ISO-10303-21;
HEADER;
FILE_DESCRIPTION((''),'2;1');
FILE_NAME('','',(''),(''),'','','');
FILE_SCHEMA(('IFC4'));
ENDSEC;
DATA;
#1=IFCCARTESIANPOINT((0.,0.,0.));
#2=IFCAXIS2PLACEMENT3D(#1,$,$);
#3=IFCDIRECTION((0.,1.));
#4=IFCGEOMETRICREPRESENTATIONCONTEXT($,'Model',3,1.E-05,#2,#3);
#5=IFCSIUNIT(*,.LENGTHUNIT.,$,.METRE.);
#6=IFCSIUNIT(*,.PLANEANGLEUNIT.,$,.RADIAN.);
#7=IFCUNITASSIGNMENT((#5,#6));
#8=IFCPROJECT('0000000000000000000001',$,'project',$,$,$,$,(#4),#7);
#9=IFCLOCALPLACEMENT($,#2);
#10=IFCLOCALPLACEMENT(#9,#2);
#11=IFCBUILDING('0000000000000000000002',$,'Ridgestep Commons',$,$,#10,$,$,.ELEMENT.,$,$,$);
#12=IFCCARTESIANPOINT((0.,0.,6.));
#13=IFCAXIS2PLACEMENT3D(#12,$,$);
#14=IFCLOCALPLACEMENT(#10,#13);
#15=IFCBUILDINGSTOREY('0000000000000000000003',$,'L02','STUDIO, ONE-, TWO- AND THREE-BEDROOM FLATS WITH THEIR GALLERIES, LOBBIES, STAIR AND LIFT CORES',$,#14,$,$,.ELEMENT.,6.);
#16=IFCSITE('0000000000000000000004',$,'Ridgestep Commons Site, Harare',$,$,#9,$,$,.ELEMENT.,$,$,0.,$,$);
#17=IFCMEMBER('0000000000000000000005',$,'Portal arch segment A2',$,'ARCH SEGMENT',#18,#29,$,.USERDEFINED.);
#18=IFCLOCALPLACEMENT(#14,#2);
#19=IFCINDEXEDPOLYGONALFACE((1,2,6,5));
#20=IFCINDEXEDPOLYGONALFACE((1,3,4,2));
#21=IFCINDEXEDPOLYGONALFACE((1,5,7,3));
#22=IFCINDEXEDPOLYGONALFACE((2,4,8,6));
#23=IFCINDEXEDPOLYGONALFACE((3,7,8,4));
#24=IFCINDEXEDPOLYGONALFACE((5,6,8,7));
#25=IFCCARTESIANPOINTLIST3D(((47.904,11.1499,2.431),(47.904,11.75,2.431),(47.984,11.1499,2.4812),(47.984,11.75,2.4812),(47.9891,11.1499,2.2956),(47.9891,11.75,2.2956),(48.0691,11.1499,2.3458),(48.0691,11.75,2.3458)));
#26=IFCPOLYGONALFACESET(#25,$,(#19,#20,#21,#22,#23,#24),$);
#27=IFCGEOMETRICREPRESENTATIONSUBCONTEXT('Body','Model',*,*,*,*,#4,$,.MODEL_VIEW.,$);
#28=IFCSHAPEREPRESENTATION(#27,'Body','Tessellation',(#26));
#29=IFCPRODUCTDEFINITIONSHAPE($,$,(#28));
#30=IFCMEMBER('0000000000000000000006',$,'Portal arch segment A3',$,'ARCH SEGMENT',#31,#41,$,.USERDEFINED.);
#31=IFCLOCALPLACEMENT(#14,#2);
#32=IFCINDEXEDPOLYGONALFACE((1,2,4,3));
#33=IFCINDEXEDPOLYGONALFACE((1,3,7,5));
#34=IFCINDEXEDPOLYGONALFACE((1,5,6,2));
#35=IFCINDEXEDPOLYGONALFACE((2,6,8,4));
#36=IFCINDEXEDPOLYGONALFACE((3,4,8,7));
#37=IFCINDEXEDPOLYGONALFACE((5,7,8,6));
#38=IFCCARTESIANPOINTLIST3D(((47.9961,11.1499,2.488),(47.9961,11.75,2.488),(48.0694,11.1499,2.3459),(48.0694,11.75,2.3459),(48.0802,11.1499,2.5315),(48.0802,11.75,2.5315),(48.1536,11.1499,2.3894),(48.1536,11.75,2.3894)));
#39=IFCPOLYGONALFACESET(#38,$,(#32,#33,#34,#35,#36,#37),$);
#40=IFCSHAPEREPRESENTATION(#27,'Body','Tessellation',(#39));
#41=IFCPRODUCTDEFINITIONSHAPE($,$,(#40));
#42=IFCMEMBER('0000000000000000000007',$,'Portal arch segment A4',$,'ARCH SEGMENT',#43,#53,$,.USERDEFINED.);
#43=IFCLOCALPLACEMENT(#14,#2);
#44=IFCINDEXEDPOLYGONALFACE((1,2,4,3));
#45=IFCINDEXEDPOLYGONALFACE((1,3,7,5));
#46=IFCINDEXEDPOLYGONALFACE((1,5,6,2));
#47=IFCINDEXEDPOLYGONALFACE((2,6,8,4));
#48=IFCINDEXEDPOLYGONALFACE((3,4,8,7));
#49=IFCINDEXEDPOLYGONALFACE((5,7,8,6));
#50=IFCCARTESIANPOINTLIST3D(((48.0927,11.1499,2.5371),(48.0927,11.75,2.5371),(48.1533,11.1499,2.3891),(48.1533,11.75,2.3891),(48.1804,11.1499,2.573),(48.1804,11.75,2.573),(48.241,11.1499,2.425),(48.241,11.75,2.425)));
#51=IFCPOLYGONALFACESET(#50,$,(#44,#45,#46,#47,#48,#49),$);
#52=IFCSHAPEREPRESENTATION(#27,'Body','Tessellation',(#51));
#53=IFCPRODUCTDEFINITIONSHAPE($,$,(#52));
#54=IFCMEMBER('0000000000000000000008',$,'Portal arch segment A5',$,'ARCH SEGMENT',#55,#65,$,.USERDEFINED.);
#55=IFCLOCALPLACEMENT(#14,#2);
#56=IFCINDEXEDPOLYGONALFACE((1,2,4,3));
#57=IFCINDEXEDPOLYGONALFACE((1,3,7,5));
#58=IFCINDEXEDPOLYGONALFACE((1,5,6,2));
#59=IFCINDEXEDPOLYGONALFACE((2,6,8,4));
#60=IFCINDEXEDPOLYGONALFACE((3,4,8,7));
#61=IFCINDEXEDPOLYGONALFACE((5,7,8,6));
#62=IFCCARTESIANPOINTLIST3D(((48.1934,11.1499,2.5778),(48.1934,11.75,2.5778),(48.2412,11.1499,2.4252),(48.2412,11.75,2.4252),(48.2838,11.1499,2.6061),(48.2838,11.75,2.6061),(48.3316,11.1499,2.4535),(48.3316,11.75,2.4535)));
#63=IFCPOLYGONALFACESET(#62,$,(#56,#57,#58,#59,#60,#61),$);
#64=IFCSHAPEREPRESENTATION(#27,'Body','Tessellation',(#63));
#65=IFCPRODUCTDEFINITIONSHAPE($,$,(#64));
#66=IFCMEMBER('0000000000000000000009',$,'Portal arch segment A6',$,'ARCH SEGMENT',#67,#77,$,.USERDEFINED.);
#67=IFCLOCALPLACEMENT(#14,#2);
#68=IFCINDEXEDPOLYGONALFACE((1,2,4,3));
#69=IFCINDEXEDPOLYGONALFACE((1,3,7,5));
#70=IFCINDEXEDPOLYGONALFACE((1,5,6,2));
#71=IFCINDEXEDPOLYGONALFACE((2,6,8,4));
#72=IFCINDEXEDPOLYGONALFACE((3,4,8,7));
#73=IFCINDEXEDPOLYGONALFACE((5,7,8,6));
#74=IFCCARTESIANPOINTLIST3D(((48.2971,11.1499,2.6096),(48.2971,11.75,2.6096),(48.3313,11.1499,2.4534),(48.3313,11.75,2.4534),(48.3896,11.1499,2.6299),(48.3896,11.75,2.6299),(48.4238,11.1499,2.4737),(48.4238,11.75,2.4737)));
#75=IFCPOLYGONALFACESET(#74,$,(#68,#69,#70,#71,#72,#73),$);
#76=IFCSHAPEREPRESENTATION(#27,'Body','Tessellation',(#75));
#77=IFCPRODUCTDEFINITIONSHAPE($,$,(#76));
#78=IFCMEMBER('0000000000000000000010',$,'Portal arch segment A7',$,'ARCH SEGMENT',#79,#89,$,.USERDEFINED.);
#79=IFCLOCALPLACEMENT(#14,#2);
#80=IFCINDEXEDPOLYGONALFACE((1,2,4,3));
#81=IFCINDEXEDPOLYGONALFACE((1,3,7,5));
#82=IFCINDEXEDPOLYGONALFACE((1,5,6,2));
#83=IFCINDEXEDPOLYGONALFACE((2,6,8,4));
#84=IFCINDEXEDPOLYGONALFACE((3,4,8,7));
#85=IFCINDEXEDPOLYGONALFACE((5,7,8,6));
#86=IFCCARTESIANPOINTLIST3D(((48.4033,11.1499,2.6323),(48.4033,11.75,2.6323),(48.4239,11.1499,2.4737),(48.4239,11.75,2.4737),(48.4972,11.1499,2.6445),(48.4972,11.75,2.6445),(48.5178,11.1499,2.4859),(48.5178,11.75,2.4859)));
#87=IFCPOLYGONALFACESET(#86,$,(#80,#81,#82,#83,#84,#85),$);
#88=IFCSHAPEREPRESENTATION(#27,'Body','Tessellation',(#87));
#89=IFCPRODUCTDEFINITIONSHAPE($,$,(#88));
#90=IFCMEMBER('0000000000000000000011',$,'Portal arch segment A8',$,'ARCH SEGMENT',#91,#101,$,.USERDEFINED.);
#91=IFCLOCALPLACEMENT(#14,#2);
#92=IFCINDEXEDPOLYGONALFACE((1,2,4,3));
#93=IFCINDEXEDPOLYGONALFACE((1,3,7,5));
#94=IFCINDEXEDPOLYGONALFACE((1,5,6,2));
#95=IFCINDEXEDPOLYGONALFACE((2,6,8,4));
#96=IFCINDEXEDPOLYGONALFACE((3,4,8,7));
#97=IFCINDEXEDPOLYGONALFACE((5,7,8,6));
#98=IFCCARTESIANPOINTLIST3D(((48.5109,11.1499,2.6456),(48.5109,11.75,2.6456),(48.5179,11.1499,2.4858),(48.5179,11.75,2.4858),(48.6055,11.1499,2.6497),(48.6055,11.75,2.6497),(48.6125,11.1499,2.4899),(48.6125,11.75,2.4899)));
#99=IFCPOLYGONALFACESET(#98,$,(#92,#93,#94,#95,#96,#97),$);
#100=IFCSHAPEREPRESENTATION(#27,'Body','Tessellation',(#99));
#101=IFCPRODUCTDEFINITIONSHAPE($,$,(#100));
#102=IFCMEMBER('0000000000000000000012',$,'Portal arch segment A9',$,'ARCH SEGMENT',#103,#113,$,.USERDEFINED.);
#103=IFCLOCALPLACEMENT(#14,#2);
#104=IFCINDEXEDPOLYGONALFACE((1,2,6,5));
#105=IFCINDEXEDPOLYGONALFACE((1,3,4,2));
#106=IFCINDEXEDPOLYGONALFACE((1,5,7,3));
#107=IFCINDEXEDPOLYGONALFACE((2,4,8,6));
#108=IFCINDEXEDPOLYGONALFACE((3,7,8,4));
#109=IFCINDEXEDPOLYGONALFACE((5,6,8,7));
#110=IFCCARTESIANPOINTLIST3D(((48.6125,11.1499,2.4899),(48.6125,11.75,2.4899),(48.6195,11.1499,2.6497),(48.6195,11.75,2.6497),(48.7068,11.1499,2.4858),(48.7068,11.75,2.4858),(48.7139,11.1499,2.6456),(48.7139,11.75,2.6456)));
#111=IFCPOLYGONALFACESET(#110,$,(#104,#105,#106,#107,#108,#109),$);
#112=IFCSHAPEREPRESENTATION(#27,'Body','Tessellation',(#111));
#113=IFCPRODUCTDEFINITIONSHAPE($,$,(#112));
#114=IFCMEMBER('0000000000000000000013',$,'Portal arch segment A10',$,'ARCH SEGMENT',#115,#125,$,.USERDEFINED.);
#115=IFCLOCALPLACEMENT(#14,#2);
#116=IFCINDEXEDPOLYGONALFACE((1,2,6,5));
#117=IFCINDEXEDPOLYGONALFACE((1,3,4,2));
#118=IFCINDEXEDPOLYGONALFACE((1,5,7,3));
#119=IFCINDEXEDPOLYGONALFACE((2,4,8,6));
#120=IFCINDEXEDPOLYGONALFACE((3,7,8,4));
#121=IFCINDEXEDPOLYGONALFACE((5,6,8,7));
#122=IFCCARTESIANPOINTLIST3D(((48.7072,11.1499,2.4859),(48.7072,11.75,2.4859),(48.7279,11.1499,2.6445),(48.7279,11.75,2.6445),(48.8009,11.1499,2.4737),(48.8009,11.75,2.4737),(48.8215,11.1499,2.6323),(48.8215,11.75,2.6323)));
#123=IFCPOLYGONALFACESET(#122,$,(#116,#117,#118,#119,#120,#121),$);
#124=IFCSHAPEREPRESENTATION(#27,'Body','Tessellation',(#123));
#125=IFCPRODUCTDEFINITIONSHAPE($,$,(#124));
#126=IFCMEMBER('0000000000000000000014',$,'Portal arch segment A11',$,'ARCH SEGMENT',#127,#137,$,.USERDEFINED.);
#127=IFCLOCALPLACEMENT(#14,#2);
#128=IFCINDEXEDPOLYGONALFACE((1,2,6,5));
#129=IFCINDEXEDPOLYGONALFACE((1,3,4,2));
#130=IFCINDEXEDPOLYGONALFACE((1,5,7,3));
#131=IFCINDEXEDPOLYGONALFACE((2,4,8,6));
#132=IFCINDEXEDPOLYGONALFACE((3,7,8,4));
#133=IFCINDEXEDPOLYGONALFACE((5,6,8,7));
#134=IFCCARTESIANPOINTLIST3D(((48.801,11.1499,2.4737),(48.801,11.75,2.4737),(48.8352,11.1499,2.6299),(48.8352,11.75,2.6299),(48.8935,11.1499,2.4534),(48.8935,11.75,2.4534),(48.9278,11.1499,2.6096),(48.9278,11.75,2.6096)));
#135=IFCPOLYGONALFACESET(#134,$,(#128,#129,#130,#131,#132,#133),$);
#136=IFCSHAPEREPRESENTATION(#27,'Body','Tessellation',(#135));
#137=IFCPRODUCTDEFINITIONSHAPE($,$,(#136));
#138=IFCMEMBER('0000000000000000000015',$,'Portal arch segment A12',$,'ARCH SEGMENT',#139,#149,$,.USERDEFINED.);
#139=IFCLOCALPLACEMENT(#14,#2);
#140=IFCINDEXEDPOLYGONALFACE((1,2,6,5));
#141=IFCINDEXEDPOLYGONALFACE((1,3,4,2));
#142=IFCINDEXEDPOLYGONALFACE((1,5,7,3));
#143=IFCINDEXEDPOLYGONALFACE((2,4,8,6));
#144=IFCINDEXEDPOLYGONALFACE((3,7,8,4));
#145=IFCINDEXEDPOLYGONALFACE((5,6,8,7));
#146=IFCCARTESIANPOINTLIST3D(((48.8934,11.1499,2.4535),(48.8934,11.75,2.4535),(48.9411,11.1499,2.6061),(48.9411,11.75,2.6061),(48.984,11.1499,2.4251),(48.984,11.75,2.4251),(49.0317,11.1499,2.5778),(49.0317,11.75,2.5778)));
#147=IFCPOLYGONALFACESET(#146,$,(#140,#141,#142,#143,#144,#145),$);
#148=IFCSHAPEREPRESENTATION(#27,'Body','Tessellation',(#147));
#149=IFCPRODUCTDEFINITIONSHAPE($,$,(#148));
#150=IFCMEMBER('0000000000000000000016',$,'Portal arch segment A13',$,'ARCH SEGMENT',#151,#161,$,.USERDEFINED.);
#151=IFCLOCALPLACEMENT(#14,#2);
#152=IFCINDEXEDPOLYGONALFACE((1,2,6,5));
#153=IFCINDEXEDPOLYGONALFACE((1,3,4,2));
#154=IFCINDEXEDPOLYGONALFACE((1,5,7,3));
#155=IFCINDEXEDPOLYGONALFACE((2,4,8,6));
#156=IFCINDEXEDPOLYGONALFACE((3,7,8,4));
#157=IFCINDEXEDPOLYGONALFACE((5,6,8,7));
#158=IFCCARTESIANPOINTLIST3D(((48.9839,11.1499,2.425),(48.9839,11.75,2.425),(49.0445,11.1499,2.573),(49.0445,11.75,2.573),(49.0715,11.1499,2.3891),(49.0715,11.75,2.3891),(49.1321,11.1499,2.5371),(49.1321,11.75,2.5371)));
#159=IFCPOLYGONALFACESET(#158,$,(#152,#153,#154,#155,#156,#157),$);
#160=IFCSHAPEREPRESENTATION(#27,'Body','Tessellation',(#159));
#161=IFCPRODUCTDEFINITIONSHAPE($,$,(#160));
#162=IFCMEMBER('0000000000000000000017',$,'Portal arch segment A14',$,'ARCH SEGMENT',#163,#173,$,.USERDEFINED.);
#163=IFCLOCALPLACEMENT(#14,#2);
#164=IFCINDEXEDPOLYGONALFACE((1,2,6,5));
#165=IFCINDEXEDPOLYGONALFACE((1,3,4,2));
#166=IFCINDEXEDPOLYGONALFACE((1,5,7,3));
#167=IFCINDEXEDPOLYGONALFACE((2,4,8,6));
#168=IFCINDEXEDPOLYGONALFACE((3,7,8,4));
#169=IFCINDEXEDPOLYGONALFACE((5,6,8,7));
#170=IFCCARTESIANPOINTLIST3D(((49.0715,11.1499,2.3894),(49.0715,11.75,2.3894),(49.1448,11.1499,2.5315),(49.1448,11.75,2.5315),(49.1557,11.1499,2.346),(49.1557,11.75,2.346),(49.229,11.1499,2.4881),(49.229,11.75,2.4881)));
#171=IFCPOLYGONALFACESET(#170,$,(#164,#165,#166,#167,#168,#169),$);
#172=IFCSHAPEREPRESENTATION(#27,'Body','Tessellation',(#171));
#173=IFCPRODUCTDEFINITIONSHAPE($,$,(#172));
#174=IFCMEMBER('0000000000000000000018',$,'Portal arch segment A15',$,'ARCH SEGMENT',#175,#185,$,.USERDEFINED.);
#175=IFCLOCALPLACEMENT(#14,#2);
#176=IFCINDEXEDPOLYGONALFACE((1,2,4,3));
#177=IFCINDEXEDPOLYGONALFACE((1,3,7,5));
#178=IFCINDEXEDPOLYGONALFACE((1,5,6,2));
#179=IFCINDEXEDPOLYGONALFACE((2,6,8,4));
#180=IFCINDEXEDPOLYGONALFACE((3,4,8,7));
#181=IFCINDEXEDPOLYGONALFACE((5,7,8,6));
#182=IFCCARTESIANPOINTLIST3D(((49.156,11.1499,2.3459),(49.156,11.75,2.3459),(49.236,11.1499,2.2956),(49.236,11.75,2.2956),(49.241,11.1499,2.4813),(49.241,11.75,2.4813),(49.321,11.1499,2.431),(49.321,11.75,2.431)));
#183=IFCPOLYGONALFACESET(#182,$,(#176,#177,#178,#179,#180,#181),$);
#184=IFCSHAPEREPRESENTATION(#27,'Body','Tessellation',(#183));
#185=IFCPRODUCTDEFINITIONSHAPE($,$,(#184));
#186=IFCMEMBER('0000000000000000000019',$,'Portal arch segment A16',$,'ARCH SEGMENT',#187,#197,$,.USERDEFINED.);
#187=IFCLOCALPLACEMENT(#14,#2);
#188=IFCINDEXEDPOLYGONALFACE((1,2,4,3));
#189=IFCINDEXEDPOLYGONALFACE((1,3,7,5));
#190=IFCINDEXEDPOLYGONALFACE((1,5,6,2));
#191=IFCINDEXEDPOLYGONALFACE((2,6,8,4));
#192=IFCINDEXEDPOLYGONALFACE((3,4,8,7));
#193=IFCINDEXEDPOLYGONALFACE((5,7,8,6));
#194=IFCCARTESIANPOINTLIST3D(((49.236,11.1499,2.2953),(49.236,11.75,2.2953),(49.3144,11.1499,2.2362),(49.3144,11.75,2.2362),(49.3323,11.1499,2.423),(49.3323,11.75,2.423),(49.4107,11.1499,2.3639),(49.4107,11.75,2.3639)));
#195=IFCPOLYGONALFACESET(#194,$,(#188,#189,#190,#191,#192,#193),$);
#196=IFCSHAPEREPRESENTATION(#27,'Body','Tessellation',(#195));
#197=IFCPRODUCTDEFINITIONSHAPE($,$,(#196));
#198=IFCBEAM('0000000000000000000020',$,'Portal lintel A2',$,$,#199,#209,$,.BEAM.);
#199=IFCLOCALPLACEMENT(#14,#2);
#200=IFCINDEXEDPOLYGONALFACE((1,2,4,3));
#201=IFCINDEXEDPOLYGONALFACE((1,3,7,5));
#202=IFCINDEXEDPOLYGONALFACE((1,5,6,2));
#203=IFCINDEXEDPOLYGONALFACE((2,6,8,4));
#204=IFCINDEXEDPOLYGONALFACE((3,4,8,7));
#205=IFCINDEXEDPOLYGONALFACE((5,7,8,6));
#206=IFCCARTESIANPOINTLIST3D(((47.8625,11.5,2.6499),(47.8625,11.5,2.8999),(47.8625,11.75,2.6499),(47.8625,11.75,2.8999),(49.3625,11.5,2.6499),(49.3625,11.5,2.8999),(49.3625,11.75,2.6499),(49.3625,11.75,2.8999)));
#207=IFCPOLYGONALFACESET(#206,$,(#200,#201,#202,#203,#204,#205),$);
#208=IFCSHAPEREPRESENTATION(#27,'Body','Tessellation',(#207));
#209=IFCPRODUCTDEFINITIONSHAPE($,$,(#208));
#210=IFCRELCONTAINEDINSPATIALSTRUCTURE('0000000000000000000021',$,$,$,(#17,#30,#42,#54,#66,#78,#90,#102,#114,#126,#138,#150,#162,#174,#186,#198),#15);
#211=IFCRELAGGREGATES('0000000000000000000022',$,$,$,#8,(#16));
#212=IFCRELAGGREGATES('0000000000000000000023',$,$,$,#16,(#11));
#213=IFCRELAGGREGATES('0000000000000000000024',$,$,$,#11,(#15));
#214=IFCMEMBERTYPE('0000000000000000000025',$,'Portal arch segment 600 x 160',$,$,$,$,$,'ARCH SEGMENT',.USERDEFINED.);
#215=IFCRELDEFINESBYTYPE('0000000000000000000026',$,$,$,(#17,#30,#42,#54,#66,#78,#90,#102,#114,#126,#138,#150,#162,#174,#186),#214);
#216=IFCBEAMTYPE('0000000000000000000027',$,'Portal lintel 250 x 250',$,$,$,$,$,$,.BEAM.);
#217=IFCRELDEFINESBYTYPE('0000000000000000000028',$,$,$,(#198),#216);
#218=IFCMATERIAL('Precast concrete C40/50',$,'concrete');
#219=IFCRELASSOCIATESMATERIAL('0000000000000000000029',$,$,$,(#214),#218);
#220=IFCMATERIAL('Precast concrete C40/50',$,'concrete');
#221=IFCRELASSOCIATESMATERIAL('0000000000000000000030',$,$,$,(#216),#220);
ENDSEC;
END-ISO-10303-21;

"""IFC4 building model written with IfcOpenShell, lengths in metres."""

from ifc_helpers import new_model, si_unit, direction, frame, origin, origin_2d, place, context, subcontext, project, spatial, rectangle, extrude, material, material_profile, profile_set, type_object, element, save


model = new_model("IFC4")

# Units and contexts
model_context = context("Model", 3, precision=1e-05, world=origin(), true_north=direction((0.0, 1.0)))
body_context = subcontext(model_context, "Body", "Model", "MODEL_VIEW")
ifc_project = project(units=[si_unit("LENGTHUNIT", "METRE"), si_unit("PLANEANGLEUNIT", "RADIAN")], contexts=[model_context])

# Site, building, storey
site_placement = place(None, origin())
site = spatial("IfcSite", under=ifc_project, at=site_placement, Name="Ridgestep Commons Site, Harare", CompositionType="ELEMENT", RefElevation=0.0)
building_placement = place(site_placement, origin())
building = spatial("IfcBuilding", under=site, at=building_placement, Name="Ridgestep Commons", CompositionType="ELEMENT")
storey_placement = place(building_placement, frame((0.0, 0.0, 6.0)))
storey = spatial("IfcBuildingStorey", under=building, at=storey_placement, Name="L02", Description="STUDIO, ONE-, TWO- AND THREE-BEDROOM FLATS WITH THEIR GALLERIES, LOBBIES, STAIR AND LIFT CORES", CompositionType="ELEMENT", Elevation=6.0)

# Members
ifc_material_1 = material(Name="Precast concrete C40/50", Category="concrete")
ifc_material_profile_1 = material_profile(ifc_material_1, rectangle(XDim=0.6001, YDim=0.1599, at=origin_2d()), Name="Portal arch segment 600 x 160")
ifc_profile_set_1 = profile_set([ifc_material_profile_1], Name="Precast concrete C40/50")
member_type = type_object("IfcMemberType", Name="Portal arch segment 600 x 160", ElementType="ARCH SEGMENT", PredefinedType="USERDEFINED", material=ifc_profile_set_1)
member_1_placement = place(storey_placement, frame((47.9465, 11.45, 2.3633), z_axis=(0.846836, 0.0, 0.531854), x_axis=(0.0, 1.0, 0.0)))
element("IfcMember", 1, at=member_1_placement, inside=storey, type_object=member_type, Name="Portal arch segment A2", ObjectType="ARCH SEGMENT", PredefinedType="USERDEFINED", context=body_context, shape_type="SweptSolid", body=[
    extrude(rectangle(XDim=0.6001, YDim=0.1599, at=origin_2d()), origin(), (0.0, 0.0, 1.0), 0.0945),
])
for number, where, z_axis, x_axis, name in (
    (2, (48.0327, 11.45, 2.417), (0.888688, 0.0, 0.458512), (0.0, 1.0, 0.0), "Portal arch segment A3"),
    (3, (48.123, 11.45, 2.4631), (0.925424, 0.0, 0.378934), (0.0, 1.0, 0.0), "Portal arch segment A4"),
    (4, (48.2173, 11.45, 2.5015), (0.954204, 0.0, 0.299156), (0.0, 1.0, 0.0), "Portal arch segment A5"),
    (5, (48.3142, 11.45, 2.5315), (0.97685, 0.0, 0.213927), (0.0, 1.0, 0.0), "Portal arch segment A6"),
    (6, (48.4136, 11.45, 2.553), (0.991672, 0.0, 0.128789), (0.0, 1.0, 0.0), "Portal arch segment A7"),
    (7, (48.5144, 11.45, 2.5657), (0.999042, 0.0, 0.043772), (0.0, 1.0, 0.0), "Portal arch segment A8"),
):
    element("IfcMember", number, at=place(storey_placement, frame(where, z_axis=z_axis, x_axis=x_axis)), inside=storey, type_object=member_type, Name=name, ObjectType="ARCH SEGMENT", PredefinedType="USERDEFINED", context=body_context, shape_type="SweptSolid", body=[
        extrude(rectangle(XDim=0.6001, YDim=0.1599, at=origin_2d()), origin(), (0.0, 0.0, 1.0), 0.0947),
    ])
for number, where, z_axis, x_axis, name in (
    (8, (48.616, 11.45, 2.5698), (0.999037, 0.0, -0.043885), (0.0, 1.0, 0.0), "Portal arch segment A9"),
    (9, (48.7175, 11.45, 2.5652), (0.991629, 0.0, -0.129118), (0.0, 1.0, 0.0), "Portal arch segment A10"),
):
    element("IfcMember", number, at=place(storey_placement, frame(where, z_axis=z_axis, x_axis=x_axis)), inside=storey, type_object=member_type, Name=name, ObjectType="ARCH SEGMENT", PredefinedType="USERDEFINED", context=body_context, shape_type="SweptSolid", body=[
        extrude(rectangle(XDim=0.6001, YDim=0.1599, at=origin_2d()), origin(), (0.0, 0.0, 1.0), 0.0945),
    ])
member_2_placement = place(storey_placement, frame((48.8181, 11.45, 2.5518), z_axis=(0.97685, 0.0, -0.213927), x_axis=(0.0, 1.0, 0.0)))
element("IfcMember", 10, at=member_2_placement, inside=storey, type_object=member_type, Name="Portal arch segment A11", ObjectType="ARCH SEGMENT", PredefinedType="USERDEFINED", context=body_context, shape_type="SweptSolid", body=[
    extrude(rectangle(XDim=0.6001, YDim=0.1599, at=origin_2d()), origin(), (0.0, 0.0, 1.0), 0.0947),
])
member_3_placement = place(storey_placement, frame((48.9172, 11.45, 2.5298), z_axis=(0.954434, 0.0, -0.298421), x_axis=(0.0, 1.0, 0.0)))
element("IfcMember", 11, at=member_3_placement, inside=storey, type_object=member_type, Name="Portal arch segment A12", ObjectType="ARCH SEGMENT", PredefinedType="USERDEFINED", context=body_context, shape_type="SweptSolid", body=[
    extrude(rectangle(XDim=0.6001, YDim=0.1599, at=origin_2d()), origin(), (0.0, 0.0, 1.0), 0.095),
])
for number, where, z_axis, x_axis, name in (
    (12, (49.0142, 11.45, 2.499), (0.925424, 0.0, -0.378934), (0.0, 1.0, 0.0), "Portal arch segment A13"),
    (13, (49.1082, 11.45, 2.4604), (0.888688, 0.0, -0.458512), (0.0, 1.0, 0.0), "Portal arch segment A14"),
):
    element("IfcMember", number, at=place(storey_placement, frame(where, z_axis=z_axis, x_axis=x_axis)), inside=storey, type_object=member_type, Name=name, ObjectType="ARCH SEGMENT", PredefinedType="USERDEFINED", context=body_context, shape_type="SweptSolid", body=[
        extrude(rectangle(XDim=0.6001, YDim=0.1599, at=origin_2d()), origin(), (0.0, 0.0, 1.0), 0.0947),
    ])
member_4_placement = place(storey_placement, frame((49.1985, 11.45, 2.4136), z_axis=(0.846836, 0.0, -0.531854), x_axis=(0.0, 1.0, 0.0)))
element("IfcMember", 14, at=member_4_placement, inside=storey, type_object=member_type, Name="Portal arch segment A15", ObjectType="ARCH SEGMENT", PredefinedType="USERDEFINED", context=body_context, shape_type="SweptSolid", body=[
    extrude(rectangle(XDim=0.6001, YDim=0.1599, at=origin_2d()), origin(), (0.0, 0.0, 1.0), 0.0945),
])
member_5_placement = place(storey_placement, frame((49.2842, 11.45, 2.3591), z_axis=(0.798505, 0.0, -0.601988), x_axis=(0.0, 1.0, 0.0)))
element("IfcMember", 15, at=member_5_placement, inside=storey, type_object=member_type, Name="Portal arch segment A16", ObjectType="ARCH SEGMENT", PredefinedType="USERDEFINED", context=body_context, shape_type="SweptSolid", body=[
    extrude(rectangle(XDim=0.6001, YDim=0.1599, at=origin_2d()), origin(), (0.0, 0.0, 1.0), 0.0981),
])

# Beam
ifc_material_2 = material(Name="Precast concrete C40/50", Category="concrete")
ifc_material_profile_2 = material_profile(ifc_material_2, rectangle(XDim=0.25, YDim=0.25, at=origin_2d()), Name="Portal lintel 250 x 250")
ifc_profile_set_2 = profile_set([ifc_material_profile_2], Name="Precast concrete C40/50")
beam_type = type_object("IfcBeamType", Name="Portal lintel 250 x 250", PredefinedType="BEAM", material=ifc_profile_set_2)
beam_placement = place(storey_placement, frame((47.8625, 11.625, 2.7749), z_axis=(1.0, 0.0, 0.0), x_axis=(0.0, 1.0, 0.0)))
element("IfcBeam", 16, at=beam_placement, inside=storey, type_object=beam_type, Name="Portal lintel A2", PredefinedType="BEAM", context=body_context, shape_type="SweptSolid", body=[
    extrude(rectangle(XDim=0.25, YDim=0.25, at=origin_2d()), origin(), (0.0, 0.0, 1.0), 1.5),
])

save(model, "model.ifc")
